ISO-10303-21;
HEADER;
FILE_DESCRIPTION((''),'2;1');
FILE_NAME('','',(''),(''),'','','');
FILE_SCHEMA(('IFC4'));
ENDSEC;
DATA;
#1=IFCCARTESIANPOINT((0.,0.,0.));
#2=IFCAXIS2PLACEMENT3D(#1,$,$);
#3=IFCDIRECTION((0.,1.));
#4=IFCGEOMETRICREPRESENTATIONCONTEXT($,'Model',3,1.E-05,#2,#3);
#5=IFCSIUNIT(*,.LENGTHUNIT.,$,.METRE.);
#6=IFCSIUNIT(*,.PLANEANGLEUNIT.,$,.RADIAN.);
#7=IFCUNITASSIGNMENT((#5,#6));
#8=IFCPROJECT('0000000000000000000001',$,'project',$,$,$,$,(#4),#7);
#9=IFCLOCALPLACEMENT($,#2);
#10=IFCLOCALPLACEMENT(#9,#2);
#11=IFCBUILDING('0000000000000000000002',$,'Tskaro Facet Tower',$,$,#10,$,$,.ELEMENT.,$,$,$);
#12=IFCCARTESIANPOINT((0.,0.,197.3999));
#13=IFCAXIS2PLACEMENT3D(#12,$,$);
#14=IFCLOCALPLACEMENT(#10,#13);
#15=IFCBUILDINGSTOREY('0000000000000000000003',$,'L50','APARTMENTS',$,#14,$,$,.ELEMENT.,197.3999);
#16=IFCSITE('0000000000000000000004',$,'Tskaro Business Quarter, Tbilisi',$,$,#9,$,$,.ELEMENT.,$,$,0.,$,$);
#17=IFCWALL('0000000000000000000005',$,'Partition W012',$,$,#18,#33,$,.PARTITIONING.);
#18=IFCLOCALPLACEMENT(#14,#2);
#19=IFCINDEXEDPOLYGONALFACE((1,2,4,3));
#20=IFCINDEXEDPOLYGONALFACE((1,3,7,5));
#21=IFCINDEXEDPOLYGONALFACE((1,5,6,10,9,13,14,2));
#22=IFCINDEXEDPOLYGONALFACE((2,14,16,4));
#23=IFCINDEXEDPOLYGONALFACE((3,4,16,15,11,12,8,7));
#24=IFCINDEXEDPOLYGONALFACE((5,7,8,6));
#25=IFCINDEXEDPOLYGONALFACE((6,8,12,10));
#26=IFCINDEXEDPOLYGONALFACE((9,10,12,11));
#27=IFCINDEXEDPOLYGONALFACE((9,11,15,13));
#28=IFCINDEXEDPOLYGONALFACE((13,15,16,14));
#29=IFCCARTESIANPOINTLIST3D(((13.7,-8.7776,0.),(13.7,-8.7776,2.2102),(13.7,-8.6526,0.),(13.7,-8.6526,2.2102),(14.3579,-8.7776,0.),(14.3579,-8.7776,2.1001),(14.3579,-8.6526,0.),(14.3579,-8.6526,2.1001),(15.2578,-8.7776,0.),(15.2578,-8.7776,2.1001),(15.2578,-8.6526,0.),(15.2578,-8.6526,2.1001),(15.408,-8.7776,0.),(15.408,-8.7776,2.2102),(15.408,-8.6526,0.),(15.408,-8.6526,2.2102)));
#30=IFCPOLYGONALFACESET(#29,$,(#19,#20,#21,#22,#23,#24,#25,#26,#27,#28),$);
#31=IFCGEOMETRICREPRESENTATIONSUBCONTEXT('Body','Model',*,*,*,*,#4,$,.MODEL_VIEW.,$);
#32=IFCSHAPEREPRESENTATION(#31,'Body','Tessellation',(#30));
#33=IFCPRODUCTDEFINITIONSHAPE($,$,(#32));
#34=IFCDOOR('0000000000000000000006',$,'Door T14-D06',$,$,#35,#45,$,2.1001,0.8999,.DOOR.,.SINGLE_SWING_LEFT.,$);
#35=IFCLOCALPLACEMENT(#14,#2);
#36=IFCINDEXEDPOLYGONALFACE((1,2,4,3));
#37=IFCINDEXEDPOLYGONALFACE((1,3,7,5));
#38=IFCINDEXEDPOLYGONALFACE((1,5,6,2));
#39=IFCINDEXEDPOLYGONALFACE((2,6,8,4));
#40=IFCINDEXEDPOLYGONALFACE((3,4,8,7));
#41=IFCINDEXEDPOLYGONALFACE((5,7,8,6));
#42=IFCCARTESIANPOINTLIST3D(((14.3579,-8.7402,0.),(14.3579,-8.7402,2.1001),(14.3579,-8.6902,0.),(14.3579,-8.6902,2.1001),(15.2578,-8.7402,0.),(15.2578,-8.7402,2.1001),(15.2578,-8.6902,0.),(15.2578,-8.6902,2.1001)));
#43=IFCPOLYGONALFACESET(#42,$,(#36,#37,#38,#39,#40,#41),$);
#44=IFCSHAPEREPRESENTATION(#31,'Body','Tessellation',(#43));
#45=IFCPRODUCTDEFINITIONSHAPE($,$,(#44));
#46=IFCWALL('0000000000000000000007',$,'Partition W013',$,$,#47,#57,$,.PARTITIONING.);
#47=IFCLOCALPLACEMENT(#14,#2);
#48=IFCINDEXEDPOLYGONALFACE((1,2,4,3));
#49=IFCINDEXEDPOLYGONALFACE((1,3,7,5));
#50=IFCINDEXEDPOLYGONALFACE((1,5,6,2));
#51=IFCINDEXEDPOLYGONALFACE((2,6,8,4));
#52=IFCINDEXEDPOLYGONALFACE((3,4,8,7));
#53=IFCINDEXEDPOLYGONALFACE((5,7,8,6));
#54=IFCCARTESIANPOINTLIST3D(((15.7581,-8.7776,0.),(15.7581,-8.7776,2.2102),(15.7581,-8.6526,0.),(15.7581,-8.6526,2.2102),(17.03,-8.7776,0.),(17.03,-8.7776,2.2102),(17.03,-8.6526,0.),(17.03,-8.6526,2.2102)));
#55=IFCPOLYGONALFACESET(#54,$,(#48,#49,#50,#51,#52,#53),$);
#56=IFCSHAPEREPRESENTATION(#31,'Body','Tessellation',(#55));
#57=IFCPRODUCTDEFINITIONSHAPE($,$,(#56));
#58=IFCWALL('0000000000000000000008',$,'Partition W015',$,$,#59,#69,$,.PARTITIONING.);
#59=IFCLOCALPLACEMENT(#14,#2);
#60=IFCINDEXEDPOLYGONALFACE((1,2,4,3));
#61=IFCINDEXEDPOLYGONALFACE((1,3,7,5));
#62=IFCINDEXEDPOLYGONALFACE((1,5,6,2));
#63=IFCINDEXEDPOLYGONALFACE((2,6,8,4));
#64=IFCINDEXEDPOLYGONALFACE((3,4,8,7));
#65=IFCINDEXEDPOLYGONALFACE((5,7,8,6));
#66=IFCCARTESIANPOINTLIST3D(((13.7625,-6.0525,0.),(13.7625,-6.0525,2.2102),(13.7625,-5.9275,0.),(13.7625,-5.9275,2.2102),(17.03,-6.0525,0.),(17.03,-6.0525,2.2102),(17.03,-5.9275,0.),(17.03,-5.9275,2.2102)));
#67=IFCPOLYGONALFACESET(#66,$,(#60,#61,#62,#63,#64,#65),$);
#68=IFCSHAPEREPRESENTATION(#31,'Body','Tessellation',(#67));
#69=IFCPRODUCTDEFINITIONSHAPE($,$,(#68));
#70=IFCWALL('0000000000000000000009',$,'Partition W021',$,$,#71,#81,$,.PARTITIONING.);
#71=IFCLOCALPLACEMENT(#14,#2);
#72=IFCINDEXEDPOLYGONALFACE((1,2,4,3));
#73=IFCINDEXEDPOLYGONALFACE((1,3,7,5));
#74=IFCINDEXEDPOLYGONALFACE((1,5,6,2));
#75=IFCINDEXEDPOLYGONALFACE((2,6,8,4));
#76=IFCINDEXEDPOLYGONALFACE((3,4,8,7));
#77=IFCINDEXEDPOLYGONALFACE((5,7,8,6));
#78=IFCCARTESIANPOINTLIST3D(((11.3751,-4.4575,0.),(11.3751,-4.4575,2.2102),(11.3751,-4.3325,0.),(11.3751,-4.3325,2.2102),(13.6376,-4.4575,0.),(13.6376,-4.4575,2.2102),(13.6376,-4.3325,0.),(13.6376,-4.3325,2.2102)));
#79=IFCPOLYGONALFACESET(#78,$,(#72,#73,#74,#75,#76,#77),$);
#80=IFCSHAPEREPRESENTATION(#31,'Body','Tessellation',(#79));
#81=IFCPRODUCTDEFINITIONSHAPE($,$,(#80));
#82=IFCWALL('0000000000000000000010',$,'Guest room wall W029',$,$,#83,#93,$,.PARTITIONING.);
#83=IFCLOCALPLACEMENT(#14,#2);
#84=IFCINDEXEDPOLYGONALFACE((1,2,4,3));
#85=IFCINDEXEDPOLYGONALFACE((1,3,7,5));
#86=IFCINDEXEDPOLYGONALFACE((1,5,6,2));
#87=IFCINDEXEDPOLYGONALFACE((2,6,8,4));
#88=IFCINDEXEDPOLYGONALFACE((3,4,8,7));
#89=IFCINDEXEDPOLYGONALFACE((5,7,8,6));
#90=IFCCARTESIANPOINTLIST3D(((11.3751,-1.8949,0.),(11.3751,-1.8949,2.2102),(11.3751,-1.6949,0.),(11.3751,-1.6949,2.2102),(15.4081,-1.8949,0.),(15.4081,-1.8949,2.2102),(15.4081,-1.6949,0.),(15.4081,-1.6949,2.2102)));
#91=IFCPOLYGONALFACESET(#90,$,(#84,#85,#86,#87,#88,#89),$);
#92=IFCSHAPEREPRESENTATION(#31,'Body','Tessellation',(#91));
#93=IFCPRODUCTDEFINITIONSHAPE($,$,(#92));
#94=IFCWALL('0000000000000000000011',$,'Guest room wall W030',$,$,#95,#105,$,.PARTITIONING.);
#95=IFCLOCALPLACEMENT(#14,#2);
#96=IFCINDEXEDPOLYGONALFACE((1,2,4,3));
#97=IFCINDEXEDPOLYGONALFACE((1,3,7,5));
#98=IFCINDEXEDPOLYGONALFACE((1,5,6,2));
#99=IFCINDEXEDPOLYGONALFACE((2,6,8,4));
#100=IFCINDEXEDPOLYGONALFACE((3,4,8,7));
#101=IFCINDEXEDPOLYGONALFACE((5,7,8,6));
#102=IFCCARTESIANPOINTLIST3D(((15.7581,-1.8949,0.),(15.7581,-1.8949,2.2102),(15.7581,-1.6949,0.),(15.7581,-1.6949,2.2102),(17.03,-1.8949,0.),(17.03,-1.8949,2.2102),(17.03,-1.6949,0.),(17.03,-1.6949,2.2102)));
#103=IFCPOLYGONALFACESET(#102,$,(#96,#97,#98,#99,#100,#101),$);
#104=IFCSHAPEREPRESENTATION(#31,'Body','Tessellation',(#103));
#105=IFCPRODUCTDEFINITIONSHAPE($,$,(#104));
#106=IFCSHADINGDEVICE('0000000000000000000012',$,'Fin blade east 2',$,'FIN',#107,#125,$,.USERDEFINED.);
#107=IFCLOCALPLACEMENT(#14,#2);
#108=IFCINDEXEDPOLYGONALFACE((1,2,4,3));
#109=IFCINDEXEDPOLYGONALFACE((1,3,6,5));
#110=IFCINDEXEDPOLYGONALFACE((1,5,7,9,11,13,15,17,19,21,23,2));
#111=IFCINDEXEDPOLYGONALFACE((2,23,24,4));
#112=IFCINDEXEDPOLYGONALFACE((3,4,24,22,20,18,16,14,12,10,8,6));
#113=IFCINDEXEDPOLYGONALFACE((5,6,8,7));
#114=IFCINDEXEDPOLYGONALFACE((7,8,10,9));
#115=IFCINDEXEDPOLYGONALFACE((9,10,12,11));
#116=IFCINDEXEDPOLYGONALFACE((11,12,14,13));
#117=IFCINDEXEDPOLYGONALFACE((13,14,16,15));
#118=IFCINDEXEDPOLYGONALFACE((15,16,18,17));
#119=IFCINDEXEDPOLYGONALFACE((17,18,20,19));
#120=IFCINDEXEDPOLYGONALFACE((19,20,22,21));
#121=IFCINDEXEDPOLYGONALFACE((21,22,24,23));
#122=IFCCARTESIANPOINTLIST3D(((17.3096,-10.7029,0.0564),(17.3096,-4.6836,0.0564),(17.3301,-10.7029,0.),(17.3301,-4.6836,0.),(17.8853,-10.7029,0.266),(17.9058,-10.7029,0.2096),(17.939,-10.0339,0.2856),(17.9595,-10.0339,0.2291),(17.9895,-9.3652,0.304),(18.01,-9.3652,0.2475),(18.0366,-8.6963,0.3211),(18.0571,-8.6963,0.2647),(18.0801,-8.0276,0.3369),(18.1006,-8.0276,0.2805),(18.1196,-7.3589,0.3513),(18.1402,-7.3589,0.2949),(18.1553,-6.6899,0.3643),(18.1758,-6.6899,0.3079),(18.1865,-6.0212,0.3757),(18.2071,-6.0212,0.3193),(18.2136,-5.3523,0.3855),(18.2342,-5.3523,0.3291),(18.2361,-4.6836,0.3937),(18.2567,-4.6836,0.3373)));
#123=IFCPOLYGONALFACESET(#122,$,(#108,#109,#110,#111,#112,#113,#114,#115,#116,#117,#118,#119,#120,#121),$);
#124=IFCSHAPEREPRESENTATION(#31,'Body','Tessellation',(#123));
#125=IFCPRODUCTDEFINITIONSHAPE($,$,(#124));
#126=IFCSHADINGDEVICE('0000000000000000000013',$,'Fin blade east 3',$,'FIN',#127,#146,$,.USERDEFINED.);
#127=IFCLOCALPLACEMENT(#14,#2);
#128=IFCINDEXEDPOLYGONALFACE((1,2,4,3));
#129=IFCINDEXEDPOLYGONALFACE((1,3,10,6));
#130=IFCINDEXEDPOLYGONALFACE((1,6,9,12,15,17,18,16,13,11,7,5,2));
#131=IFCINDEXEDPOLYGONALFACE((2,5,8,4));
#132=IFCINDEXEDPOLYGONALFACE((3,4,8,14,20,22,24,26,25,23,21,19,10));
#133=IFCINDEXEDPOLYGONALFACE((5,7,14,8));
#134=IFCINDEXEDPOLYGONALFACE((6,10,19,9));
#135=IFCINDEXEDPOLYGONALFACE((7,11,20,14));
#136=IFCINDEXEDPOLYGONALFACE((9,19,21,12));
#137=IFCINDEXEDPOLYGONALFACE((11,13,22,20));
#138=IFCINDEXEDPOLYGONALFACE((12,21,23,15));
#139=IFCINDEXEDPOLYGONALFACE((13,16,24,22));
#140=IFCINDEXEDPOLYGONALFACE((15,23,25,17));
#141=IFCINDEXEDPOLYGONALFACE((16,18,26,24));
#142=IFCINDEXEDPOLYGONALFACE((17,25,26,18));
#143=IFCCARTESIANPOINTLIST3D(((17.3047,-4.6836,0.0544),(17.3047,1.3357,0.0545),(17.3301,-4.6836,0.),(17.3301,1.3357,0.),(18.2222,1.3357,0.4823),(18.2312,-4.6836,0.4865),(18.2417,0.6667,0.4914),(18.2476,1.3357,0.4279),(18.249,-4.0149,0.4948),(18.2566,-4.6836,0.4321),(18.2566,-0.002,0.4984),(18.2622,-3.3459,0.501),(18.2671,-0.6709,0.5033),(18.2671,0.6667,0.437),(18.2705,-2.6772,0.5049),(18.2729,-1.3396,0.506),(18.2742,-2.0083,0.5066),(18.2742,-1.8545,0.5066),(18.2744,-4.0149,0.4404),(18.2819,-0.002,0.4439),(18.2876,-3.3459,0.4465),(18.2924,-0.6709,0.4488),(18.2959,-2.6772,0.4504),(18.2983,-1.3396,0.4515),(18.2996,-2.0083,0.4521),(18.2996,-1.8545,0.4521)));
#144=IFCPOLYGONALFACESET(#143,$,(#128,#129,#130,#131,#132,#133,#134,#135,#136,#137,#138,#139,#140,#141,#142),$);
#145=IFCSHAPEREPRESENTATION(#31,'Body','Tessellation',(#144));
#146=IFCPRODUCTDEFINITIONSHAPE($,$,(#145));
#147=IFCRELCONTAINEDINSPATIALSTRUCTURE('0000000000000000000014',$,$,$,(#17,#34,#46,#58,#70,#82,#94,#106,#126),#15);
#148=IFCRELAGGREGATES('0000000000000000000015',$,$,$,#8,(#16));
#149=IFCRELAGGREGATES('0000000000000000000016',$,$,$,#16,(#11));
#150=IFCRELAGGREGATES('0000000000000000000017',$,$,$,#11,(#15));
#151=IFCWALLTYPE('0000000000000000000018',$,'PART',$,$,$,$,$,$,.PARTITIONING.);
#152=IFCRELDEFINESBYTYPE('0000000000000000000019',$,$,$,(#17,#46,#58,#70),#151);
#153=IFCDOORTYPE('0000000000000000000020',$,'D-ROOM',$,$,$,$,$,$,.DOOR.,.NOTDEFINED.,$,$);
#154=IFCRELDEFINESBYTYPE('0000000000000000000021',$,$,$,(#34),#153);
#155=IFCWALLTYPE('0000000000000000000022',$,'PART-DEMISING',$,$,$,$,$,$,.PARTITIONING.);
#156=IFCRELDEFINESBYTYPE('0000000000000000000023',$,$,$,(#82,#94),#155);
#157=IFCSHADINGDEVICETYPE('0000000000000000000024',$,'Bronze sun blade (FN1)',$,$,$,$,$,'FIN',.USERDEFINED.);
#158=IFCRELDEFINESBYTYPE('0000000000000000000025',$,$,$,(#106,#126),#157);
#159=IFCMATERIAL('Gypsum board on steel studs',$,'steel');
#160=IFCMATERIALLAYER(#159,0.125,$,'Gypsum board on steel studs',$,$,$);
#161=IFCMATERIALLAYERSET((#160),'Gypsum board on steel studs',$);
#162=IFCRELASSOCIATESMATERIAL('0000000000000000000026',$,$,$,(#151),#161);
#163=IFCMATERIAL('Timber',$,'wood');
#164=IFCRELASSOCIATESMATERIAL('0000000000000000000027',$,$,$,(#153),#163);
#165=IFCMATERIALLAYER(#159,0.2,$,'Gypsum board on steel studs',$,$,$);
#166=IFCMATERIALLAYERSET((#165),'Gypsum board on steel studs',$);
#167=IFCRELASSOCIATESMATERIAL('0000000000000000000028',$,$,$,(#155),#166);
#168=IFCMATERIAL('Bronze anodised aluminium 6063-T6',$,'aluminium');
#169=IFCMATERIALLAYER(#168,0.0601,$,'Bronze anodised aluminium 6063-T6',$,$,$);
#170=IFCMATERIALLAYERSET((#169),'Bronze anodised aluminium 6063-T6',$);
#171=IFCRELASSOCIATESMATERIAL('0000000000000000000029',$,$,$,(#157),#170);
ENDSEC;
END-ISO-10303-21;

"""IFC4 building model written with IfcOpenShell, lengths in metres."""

from ifc_helpers import new_model, si_unit, direction, frame, frame_2d, origin, place, context, subcontext, project, spatial, polyline, rectangle, outline, extrude, material, layer, layer_set, type_object, element, fill, save


model = new_model("IFC4")

# Units and contexts
model_context = context("Model", 3, precision=1e-05, world=origin(), true_north=direction((0.0, 1.0)))
body_context = subcontext(model_context, "Body", "Model", "MODEL_VIEW")
ifc_project = project(units=[si_unit("LENGTHUNIT", "METRE"), si_unit("PLANEANGLEUNIT", "RADIAN")], contexts=[model_context])

# Site, building, storey
site_placement = place(None, origin())
site = spatial("IfcSite", under=ifc_project, at=site_placement, Name="Tskaro Business Quarter, Tbilisi", CompositionType="ELEMENT", RefElevation=0.0)
building_placement = place(site_placement, origin())
building = spatial("IfcBuilding", under=site, at=building_placement, Name="Tskaro Facet Tower", CompositionType="ELEMENT")
storey_placement = place(building_placement, frame((0.0, 0.0, 197.3999)))
storey = spatial("IfcBuildingStorey", under=building, at=storey_placement, Name="L50", Description="APARTMENTS", CompositionType="ELEMENT", Elevation=197.3999)

# Shared definitions
ifc_material_1 = material(Name="Bronze anodised aluminium 6063-T6", Category="aluminium")

# Wall, opening, door
ifc_material_2 = material(Name="Gypsum board on steel studs", Category="steel")
ifc_layer_1 = layer(ifc_material_2, 0.125, Name="Gypsum board on steel studs")
ifc_layer_set_1 = layer_set([ifc_layer_1], Name="Gypsum board on steel studs")
wall_type_1 = type_object("IfcWallType", Name="PART", PredefinedType="PARTITIONING", material=ifc_layer_set_1)
ifc_material_3 = material(Name="Timber", Category="wood")
door_type = type_object("IfcDoorType", Name="D-ROOM", OperationType="NOTDEFINED", PredefinedType="DOOR", material=ifc_material_3)
wall_1_placement = place(storey_placement, frame((13.7, -8.7151, 0.0), z_axis=(0.0, 0.0, 1.0), x_axis=(1.0, 0.0, 0.0)))
wall_1 = element("IfcWall", 1, at=wall_1_placement, inside=storey, type_object=wall_type_1, Name="Partition W012", PredefinedType="PARTITIONING", context=body_context, shape_type="SweptSolid", body=[
    extrude(rectangle(XDim=1.708, YDim=0.125, at=frame_2d((0.854, 0.0))), origin(), (0.0, 0.0, 1.0), 2.2102),
])
opening_1_placement = place(wall_1_placement, frame((0.658, 0.0, 0.0)))
opening_1 = element("IfcOpeningElement", 2, at=opening_1_placement, cuts=wall_1, PredefinedType="OPENING", context=body_context, shape_type="SweptSolid", body=[
    extrude(rectangle(XDim=0.8999, YDim=2.1001, at=frame_2d((0.45, 1.05))), frame((0.0, 0.0725, 0.0), z_axis=(0.0, -1.0, 0.0), x_axis=(1.0, 0.0, 0.0)), (0.0, 0.0, 1.0), 0.145),
])
door_1_placement = place(opening_1_placement, origin())
door_1 = element("IfcDoor", 3, at=door_1_placement, inside=storey, type_object=door_type, Name="Door T14-D06", OperationType="SINGLE_SWING_LEFT", OverallHeight=2.1001, OverallWidth=0.8999, PredefinedType="DOOR", context=body_context, shape_type="SweptSolid", body=[
    extrude(rectangle(XDim=0.8999, YDim=2.1001, at=frame_2d((0.45, 1.05))), frame((0.0, 0.0249, 0.0), z_axis=(0.0, -1.0, 0.0), x_axis=(1.0, 0.0, 0.0)), (0.0, 0.0, 1.0), 0.05),
])
fill(opening_1, door_1)

# Walls
wall_2_placement = place(storey_placement, frame((15.7581, -8.7151, 0.0), z_axis=(0.0, 0.0, 1.0), x_axis=(1.0, 0.0, 0.0)))
element("IfcWall", 4, at=wall_2_placement, inside=storey, type_object=wall_type_1, Name="Partition W013", PredefinedType="PARTITIONING", context=body_context, shape_type="SweptSolid", body=[
    extrude(rectangle(XDim=1.272, YDim=0.125, at=frame_2d((0.636, 0.0))), origin(), (0.0, 0.0, 1.0), 2.2102),
])
wall_3_placement = place(storey_placement, frame((13.7625, -5.99, 0.0), z_axis=(0.0, 0.0, 1.0), x_axis=(1.0, 0.0, 0.0)))
element("IfcWall", 5, at=wall_3_placement, inside=storey, type_object=wall_type_1, Name="Partition W015", PredefinedType="PARTITIONING", context=body_context, shape_type="SweptSolid", body=[
    extrude(rectangle(XDim=3.2676, YDim=0.125, at=frame_2d((1.6338, 0.0))), origin(), (0.0, 0.0, 1.0), 2.2102),
])
wall_4_placement = place(storey_placement, frame((11.375, -4.395, 0.0), z_axis=(0.0, 0.0, 1.0), x_axis=(1.0, 0.0, 0.0)))
element("IfcWall", 6, at=wall_4_placement, inside=storey, type_object=wall_type_1, Name="Partition W021", PredefinedType="PARTITIONING", context=body_context, shape_type="SweptSolid", body=[
    extrude(rectangle(XDim=2.2625, YDim=0.125, at=frame_2d((1.1313, 0.0))), origin(), (0.0, 0.0, 1.0), 2.2102),
])
ifc_layer_2 = layer(ifc_material_2, 0.2, Name="Gypsum board on steel studs")
ifc_layer_set_2 = layer_set([ifc_layer_2], Name="Gypsum board on steel studs")
wall_type_2 = type_object("IfcWallType", Name="PART-DEMISING", PredefinedType="PARTITIONING", material=ifc_layer_set_2)
wall_5_placement = place(storey_placement, frame((11.375, -1.7949, 0.0), z_axis=(0.0, 0.0, 1.0), x_axis=(1.0, 0.0, 0.0)))
element("IfcWall", 7, at=wall_5_placement, inside=storey, type_object=wall_type_2, Name="Guest room wall W029", PredefinedType="PARTITIONING", context=body_context, shape_type="SweptSolid", body=[
    extrude(rectangle(XDim=4.033, YDim=0.2, at=frame_2d((2.0166, 0.0))), origin(), (0.0, 0.0, 1.0), 2.2102),
])
wall_6_placement = place(storey_placement, frame((15.7581, -1.7949, 0.0), z_axis=(0.0, 0.0, 1.0), x_axis=(1.0, 0.0, 0.0)))
element("IfcWall", 8, at=wall_6_placement, inside=storey, type_object=wall_type_2, Name="Guest room wall W030", PredefinedType="PARTITIONING", context=body_context, shape_type="SweptSolid", body=[
    extrude(rectangle(XDim=1.272, YDim=0.2, at=frame_2d((0.636, 0.0))), origin(), (0.0, 0.0, 1.0), 2.2102),
])

# Shading devices
ifc_layer_3 = layer(ifc_material_1, 0.0601, Name="Bronze anodised aluminium 6063-T6")
ifc_layer_set_3 = layer_set([ifc_layer_3], Name="Bronze anodised aluminium 6063-T6")
shading_device_type = type_object("IfcShadingDeviceType", Name="Bronze sun blade (FN1)", ElementType="FIN", PredefinedType="USERDEFINED", material=ifc_layer_set_3)
shading_device_1_placement = place(storey_placement, frame((17.3096, -10.7029, 0.0564), z_axis=(-0.342124, 0.000001, 0.939655), x_axis=(0.0, 1.0, -0.000001)))
element("IfcShadingDevice", 9, at=shading_device_1_placement, inside=storey, type_object=shading_device_type, Name="Fin blade east 2", ObjectType="FIN", PredefinedType="USERDEFINED", context=body_context, shape_type="SweptSolid", body=[
    extrude(outline(polyline([(0.0, 0.0), (6.0193, 0.0), (6.0193, -0.986), (5.3506, -0.9621), (4.6816, -0.9333), (4.0129, -0.9), (3.344, -0.8621), (2.6753, -0.82), (2.0066, -0.7737), (1.3376, -0.7236), (0.6689, -0.6698), (0.0, -0.6127), (0.0, 0.0)])), origin(), (0.0, 0.0, -1.0), 0.0601),
])
shading_device_2_placement = place(storey_placement, frame((17.3047, -4.6836, 0.0544), z_axis=(-0.422644, -0.000004, 0.906296), x_axis=(-0.000002, 1.0, 0.000004)))
element("IfcShadingDevice", 10, at=shading_device_2_placement, inside=storey, type_object=shading_device_type, Name="Fin blade east 3", ObjectType="FIN", PredefinedType="USERDEFINED", context=body_context, shape_type="SweptSolid", body=[
    extrude(outline(polyline([(0.0, 0.0), (6.0193, 0.0), (6.0193, -1.0124), (5.3503, -1.0339), (4.6816, -1.0503), (4.0127, -1.0619), (3.344, -1.0683), (2.8291, -1.0697), (2.6753, -1.0697), (2.0063, -1.0657), (1.3376, -1.0565), (0.6687, -1.042), (0.0, -1.0223), (0.0, 0.0)])), origin(), (0.0, 0.0, -1.0), 0.0601),
])

save(model, "model.ifc")
